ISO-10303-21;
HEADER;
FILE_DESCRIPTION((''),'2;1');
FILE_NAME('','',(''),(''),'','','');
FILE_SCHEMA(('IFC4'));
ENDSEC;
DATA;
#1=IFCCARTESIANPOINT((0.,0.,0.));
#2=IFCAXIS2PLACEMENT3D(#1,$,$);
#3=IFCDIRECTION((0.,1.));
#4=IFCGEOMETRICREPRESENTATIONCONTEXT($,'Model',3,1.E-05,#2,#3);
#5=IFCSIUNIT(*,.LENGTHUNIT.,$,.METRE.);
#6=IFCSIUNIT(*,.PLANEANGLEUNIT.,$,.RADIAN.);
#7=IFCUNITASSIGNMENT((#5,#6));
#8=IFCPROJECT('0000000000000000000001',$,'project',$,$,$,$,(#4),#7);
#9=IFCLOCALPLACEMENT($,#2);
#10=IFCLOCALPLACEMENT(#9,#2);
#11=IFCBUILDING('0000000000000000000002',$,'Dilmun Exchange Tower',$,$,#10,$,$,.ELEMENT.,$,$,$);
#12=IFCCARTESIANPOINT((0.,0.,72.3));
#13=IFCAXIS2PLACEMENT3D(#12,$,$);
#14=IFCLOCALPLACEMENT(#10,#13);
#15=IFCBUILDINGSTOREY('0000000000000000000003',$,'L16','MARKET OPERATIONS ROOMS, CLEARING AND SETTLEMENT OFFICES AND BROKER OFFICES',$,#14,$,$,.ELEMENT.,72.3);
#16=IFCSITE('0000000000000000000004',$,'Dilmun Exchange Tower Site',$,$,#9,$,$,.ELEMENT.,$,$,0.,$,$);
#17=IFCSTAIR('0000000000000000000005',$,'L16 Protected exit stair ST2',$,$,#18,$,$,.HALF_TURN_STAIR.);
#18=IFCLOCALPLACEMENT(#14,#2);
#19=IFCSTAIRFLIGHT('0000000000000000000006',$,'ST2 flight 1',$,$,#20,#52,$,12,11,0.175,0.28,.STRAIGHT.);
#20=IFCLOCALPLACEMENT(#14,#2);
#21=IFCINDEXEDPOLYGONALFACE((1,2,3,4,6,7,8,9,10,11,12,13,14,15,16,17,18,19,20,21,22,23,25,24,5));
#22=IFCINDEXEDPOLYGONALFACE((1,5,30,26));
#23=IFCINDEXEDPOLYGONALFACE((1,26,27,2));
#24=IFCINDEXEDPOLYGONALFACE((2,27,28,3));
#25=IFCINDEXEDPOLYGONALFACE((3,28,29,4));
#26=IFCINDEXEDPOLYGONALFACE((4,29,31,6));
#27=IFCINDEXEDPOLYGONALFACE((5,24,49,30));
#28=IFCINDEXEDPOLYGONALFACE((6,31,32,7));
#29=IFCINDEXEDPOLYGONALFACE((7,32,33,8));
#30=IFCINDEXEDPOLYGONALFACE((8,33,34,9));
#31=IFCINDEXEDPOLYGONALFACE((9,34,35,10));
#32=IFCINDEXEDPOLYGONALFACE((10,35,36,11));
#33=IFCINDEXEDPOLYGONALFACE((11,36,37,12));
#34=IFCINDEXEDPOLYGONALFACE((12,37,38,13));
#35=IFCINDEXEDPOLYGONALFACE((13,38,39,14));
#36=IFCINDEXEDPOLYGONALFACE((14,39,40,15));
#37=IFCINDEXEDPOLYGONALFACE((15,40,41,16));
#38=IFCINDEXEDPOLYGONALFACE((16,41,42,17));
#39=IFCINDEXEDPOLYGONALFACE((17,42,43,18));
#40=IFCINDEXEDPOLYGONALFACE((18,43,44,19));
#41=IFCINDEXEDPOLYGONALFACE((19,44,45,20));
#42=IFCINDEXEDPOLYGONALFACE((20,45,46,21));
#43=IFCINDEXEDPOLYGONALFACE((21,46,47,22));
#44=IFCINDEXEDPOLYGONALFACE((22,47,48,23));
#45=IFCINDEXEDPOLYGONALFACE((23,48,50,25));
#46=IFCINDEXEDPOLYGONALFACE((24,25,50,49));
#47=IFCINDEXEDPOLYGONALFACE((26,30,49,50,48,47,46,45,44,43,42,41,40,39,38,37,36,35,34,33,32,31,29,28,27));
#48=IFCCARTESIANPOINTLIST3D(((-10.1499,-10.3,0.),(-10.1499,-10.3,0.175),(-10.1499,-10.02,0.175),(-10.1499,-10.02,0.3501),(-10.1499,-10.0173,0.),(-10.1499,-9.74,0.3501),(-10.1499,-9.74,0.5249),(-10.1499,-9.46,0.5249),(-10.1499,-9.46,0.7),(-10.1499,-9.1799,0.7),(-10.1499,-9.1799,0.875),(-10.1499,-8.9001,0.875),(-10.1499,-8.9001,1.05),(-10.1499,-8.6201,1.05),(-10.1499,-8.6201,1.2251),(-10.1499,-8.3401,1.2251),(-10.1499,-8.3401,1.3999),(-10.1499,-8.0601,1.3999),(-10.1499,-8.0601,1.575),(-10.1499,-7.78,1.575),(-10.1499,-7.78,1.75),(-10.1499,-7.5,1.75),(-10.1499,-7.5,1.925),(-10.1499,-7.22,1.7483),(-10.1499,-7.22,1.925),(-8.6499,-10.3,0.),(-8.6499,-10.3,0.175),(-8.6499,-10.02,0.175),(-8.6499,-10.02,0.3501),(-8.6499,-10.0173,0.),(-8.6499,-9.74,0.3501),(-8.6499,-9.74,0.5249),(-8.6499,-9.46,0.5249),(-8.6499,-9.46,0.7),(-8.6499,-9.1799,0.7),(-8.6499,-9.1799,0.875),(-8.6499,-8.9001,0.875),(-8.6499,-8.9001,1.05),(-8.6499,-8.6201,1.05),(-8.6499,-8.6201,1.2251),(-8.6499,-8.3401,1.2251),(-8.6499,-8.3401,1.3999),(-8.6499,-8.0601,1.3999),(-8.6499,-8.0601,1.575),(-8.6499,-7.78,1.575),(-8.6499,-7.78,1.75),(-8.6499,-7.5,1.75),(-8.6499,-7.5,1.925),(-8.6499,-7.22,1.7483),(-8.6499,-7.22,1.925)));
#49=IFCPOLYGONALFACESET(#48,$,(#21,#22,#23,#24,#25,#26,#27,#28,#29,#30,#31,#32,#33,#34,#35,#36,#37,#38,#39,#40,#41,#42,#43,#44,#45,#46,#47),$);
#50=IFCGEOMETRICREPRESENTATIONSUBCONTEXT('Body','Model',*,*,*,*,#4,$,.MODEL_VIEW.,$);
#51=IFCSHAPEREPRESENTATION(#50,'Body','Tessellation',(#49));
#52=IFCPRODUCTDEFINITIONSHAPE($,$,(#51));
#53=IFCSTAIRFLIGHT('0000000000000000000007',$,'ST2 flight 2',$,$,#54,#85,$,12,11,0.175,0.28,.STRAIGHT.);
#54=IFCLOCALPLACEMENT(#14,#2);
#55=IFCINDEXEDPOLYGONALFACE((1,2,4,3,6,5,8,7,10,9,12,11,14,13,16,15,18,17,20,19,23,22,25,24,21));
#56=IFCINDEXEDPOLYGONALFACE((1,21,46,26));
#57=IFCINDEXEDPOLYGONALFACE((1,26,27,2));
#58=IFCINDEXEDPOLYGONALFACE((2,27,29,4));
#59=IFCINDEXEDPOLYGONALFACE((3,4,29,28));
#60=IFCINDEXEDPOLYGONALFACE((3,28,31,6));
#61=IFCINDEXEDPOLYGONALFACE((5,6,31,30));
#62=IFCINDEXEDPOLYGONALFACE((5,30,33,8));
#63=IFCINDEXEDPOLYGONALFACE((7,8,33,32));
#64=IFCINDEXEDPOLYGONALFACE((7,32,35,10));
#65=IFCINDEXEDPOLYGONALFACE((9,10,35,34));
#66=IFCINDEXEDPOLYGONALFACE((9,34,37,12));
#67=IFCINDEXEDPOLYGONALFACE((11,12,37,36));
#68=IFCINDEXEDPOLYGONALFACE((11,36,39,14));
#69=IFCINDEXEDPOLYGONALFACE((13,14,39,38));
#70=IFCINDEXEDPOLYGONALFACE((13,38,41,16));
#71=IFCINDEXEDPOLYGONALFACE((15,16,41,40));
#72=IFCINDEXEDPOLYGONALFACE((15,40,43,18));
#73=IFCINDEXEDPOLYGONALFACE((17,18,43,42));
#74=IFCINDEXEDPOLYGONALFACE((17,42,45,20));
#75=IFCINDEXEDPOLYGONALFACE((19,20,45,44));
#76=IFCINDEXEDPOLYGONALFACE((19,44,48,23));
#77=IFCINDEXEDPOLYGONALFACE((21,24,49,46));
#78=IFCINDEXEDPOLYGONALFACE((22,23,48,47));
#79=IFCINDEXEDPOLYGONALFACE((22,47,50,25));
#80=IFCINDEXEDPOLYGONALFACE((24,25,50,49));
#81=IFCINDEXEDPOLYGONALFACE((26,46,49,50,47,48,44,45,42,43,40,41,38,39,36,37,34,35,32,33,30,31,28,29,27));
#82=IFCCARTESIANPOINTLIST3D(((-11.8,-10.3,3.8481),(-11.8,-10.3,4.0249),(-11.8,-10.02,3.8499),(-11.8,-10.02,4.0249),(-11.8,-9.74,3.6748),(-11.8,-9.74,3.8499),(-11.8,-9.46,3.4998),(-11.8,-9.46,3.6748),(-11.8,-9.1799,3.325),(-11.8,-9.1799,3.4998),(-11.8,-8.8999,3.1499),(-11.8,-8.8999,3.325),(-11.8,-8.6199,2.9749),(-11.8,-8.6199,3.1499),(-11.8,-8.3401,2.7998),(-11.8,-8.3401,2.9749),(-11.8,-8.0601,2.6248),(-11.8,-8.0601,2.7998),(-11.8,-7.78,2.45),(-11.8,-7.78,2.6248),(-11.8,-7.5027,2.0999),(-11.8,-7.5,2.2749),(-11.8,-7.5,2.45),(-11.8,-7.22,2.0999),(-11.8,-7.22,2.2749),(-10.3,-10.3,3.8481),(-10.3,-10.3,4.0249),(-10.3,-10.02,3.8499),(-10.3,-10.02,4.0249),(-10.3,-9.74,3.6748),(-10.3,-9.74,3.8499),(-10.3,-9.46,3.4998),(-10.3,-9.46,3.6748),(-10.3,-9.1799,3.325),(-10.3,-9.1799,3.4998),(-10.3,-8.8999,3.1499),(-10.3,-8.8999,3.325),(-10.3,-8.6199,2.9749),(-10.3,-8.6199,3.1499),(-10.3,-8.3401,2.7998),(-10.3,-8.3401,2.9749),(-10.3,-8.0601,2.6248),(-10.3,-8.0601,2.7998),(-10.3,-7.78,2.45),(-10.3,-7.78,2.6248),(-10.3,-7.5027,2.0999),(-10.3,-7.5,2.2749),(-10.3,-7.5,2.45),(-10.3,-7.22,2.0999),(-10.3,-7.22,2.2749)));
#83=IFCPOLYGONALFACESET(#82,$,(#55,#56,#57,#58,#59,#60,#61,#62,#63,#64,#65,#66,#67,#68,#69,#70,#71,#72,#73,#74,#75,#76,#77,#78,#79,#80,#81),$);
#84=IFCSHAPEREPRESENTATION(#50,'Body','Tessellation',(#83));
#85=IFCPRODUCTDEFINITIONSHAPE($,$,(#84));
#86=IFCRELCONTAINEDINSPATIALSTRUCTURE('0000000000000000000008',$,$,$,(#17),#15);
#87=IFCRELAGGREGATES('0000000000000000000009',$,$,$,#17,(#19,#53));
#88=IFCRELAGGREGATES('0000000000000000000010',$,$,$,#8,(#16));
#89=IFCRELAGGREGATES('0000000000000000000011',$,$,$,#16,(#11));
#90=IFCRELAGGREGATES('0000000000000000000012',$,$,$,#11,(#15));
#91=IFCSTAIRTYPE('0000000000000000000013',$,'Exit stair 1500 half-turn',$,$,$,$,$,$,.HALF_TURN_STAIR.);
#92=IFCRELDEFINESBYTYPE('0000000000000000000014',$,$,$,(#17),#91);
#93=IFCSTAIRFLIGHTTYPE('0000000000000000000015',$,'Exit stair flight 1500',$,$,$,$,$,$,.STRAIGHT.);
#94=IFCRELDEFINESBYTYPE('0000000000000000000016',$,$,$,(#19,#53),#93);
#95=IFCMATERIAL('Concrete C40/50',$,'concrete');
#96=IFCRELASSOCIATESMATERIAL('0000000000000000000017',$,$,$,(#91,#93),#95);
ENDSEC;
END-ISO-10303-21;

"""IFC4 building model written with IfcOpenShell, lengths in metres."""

from ifc_helpers import new_model, si_unit, direction, frame, origin, place, context, subcontext, project, spatial, polyline, outline, extrude, material, type_object, element, aggregate, save


model = new_model("IFC4")

# Units and contexts
model_context = context("Model", 3, precision=1e-05, world=origin(), true_north=direction((0.0, 1.0)))
body_context = subcontext(model_context, "Body", "Model", "MODEL_VIEW")
ifc_project = project(units=[si_unit("LENGTHUNIT", "METRE"), si_unit("PLANEANGLEUNIT", "RADIAN")], contexts=[model_context])

# Site, building, storey
site_placement = place(None, origin())
site = spatial("IfcSite", under=ifc_project, at=site_placement, Name="Dilmun Exchange Tower Site", CompositionType="ELEMENT", RefElevation=0.0)
building_placement = place(site_placement, origin())
building = spatial("IfcBuilding", under=site, at=building_placement, Name="Dilmun Exchange Tower", CompositionType="ELEMENT")
storey_placement = place(building_placement, frame((0.0, 0.0, 72.3)))
storey = spatial("IfcBuildingStorey", under=building, at=storey_placement, Name="L16", Description="MARKET OPERATIONS ROOMS, CLEARING AND SETTLEMENT OFFICES AND BROKER OFFICES", CompositionType="ELEMENT", Elevation=72.3)

# Shared definitions
ifc_material_1 = material(Name="Concrete C40/50", Category="concrete")

# Stair, stair flights
stair_type = type_object("IfcStairType", Name="Exit stair 1500 half-turn", PredefinedType="HALF_TURN_STAIR", material=ifc_material_1)
stair_placement = place(storey_placement, origin())
stair = element("IfcStair", 1, at=stair_placement, inside=storey, type_object=stair_type, Name="L16 Protected exit stair ST2", PredefinedType="HALF_TURN_STAIR")
stair_flight_type = type_object("IfcStairFlightType", Name="Exit stair flight 1500", PredefinedType="STRAIGHT", material=ifc_material_1)
stair_flight_1_placement = place(storey_placement, frame((-9.3999, -10.3, 0.0), z_axis=(0.0, 0.0, 1.0), x_axis=(0.0, 1.0, 0.0)))
stair_flight_1 = element("IfcStairFlight", 2, at=stair_flight_1_placement, type_object=stair_flight_type, Name="ST2 flight 1", NumberOfRisers=12, NumberOfTreads=11, PredefinedType="STRAIGHT", RiserHeight=0.175, TreadLength=0.28, context=body_context, shape_type="SweptSolid", body=[
    extrude(outline(polyline([(0.0, 0.0), (0.0, 0.175), (0.28, 0.175), (0.28, 0.3501), (0.5601, 0.3501), (0.5601, 0.5249), (0.8401, 0.5249), (0.8401, 0.7), (1.1201, 0.7), (1.1201, 0.875), (1.3999, 0.875), (1.3999, 1.05), (1.6799, 1.05), (1.6799, 1.2251), (1.96, 1.2251), (1.96, 1.3999), (2.24, 1.3999), (2.24, 1.575), (2.52, 1.575), (2.52, 1.75), (2.8, 1.75), (2.8, 1.925), (3.0801, 1.925), (3.0801, 2.1001), (3.0801, 1.7483), (0.2827, 0.0), (0.0, 0.0)])), frame((0.0, 0.75, 0.0), z_axis=(0.0, -1.0, 0.0), x_axis=(1.0, 0.0, 0.0)), (0.0, 0.0, 1.0), 1.5),
])
stair_flight_2_placement = place(storey_placement, frame((-11.05, -7.22, 2.0999), z_axis=(0.0, 0.0, 1.0), x_axis=(0.0, -1.0, 0.0)))
stair_flight_2 = element("IfcStairFlight", 3, at=stair_flight_2_placement, type_object=stair_flight_type, Name="ST2 flight 2", NumberOfRisers=12, NumberOfTreads=11, PredefinedType="STRAIGHT", RiserHeight=0.175, TreadLength=0.28, context=body_context, shape_type="SweptSolid", body=[
    extrude(outline(polyline([(0.0, 0.0), (0.0, 0.175), (0.28, 0.175), (0.28, 0.3501), (0.5601, 0.3501), (0.5601, 0.5249), (0.8401, 0.5249), (0.8401, 0.7), (1.1201, 0.7), (1.1201, 0.875), (1.3999, 0.875), (1.3999, 1.05), (1.6799, 1.05), (1.6799, 1.2251), (1.96, 1.2251), (1.96, 1.3999), (2.24, 1.3999), (2.24, 1.575), (2.52, 1.575), (2.52, 1.75), (2.8, 1.75), (2.8, 1.925), (3.0801, 1.925), (3.0801, 2.1001), (3.0801, 1.7483), (0.2827, 0.0), (0.0, 0.0)])), frame((0.0, 0.75, 0.0), z_axis=(0.0, -1.0, 0.0), x_axis=(1.0, 0.0, 0.0)), (0.0, 0.0, 1.0), 1.5),
])
aggregate(stair, [stair_flight_1, stair_flight_2])

save(model, "model.ifc")
